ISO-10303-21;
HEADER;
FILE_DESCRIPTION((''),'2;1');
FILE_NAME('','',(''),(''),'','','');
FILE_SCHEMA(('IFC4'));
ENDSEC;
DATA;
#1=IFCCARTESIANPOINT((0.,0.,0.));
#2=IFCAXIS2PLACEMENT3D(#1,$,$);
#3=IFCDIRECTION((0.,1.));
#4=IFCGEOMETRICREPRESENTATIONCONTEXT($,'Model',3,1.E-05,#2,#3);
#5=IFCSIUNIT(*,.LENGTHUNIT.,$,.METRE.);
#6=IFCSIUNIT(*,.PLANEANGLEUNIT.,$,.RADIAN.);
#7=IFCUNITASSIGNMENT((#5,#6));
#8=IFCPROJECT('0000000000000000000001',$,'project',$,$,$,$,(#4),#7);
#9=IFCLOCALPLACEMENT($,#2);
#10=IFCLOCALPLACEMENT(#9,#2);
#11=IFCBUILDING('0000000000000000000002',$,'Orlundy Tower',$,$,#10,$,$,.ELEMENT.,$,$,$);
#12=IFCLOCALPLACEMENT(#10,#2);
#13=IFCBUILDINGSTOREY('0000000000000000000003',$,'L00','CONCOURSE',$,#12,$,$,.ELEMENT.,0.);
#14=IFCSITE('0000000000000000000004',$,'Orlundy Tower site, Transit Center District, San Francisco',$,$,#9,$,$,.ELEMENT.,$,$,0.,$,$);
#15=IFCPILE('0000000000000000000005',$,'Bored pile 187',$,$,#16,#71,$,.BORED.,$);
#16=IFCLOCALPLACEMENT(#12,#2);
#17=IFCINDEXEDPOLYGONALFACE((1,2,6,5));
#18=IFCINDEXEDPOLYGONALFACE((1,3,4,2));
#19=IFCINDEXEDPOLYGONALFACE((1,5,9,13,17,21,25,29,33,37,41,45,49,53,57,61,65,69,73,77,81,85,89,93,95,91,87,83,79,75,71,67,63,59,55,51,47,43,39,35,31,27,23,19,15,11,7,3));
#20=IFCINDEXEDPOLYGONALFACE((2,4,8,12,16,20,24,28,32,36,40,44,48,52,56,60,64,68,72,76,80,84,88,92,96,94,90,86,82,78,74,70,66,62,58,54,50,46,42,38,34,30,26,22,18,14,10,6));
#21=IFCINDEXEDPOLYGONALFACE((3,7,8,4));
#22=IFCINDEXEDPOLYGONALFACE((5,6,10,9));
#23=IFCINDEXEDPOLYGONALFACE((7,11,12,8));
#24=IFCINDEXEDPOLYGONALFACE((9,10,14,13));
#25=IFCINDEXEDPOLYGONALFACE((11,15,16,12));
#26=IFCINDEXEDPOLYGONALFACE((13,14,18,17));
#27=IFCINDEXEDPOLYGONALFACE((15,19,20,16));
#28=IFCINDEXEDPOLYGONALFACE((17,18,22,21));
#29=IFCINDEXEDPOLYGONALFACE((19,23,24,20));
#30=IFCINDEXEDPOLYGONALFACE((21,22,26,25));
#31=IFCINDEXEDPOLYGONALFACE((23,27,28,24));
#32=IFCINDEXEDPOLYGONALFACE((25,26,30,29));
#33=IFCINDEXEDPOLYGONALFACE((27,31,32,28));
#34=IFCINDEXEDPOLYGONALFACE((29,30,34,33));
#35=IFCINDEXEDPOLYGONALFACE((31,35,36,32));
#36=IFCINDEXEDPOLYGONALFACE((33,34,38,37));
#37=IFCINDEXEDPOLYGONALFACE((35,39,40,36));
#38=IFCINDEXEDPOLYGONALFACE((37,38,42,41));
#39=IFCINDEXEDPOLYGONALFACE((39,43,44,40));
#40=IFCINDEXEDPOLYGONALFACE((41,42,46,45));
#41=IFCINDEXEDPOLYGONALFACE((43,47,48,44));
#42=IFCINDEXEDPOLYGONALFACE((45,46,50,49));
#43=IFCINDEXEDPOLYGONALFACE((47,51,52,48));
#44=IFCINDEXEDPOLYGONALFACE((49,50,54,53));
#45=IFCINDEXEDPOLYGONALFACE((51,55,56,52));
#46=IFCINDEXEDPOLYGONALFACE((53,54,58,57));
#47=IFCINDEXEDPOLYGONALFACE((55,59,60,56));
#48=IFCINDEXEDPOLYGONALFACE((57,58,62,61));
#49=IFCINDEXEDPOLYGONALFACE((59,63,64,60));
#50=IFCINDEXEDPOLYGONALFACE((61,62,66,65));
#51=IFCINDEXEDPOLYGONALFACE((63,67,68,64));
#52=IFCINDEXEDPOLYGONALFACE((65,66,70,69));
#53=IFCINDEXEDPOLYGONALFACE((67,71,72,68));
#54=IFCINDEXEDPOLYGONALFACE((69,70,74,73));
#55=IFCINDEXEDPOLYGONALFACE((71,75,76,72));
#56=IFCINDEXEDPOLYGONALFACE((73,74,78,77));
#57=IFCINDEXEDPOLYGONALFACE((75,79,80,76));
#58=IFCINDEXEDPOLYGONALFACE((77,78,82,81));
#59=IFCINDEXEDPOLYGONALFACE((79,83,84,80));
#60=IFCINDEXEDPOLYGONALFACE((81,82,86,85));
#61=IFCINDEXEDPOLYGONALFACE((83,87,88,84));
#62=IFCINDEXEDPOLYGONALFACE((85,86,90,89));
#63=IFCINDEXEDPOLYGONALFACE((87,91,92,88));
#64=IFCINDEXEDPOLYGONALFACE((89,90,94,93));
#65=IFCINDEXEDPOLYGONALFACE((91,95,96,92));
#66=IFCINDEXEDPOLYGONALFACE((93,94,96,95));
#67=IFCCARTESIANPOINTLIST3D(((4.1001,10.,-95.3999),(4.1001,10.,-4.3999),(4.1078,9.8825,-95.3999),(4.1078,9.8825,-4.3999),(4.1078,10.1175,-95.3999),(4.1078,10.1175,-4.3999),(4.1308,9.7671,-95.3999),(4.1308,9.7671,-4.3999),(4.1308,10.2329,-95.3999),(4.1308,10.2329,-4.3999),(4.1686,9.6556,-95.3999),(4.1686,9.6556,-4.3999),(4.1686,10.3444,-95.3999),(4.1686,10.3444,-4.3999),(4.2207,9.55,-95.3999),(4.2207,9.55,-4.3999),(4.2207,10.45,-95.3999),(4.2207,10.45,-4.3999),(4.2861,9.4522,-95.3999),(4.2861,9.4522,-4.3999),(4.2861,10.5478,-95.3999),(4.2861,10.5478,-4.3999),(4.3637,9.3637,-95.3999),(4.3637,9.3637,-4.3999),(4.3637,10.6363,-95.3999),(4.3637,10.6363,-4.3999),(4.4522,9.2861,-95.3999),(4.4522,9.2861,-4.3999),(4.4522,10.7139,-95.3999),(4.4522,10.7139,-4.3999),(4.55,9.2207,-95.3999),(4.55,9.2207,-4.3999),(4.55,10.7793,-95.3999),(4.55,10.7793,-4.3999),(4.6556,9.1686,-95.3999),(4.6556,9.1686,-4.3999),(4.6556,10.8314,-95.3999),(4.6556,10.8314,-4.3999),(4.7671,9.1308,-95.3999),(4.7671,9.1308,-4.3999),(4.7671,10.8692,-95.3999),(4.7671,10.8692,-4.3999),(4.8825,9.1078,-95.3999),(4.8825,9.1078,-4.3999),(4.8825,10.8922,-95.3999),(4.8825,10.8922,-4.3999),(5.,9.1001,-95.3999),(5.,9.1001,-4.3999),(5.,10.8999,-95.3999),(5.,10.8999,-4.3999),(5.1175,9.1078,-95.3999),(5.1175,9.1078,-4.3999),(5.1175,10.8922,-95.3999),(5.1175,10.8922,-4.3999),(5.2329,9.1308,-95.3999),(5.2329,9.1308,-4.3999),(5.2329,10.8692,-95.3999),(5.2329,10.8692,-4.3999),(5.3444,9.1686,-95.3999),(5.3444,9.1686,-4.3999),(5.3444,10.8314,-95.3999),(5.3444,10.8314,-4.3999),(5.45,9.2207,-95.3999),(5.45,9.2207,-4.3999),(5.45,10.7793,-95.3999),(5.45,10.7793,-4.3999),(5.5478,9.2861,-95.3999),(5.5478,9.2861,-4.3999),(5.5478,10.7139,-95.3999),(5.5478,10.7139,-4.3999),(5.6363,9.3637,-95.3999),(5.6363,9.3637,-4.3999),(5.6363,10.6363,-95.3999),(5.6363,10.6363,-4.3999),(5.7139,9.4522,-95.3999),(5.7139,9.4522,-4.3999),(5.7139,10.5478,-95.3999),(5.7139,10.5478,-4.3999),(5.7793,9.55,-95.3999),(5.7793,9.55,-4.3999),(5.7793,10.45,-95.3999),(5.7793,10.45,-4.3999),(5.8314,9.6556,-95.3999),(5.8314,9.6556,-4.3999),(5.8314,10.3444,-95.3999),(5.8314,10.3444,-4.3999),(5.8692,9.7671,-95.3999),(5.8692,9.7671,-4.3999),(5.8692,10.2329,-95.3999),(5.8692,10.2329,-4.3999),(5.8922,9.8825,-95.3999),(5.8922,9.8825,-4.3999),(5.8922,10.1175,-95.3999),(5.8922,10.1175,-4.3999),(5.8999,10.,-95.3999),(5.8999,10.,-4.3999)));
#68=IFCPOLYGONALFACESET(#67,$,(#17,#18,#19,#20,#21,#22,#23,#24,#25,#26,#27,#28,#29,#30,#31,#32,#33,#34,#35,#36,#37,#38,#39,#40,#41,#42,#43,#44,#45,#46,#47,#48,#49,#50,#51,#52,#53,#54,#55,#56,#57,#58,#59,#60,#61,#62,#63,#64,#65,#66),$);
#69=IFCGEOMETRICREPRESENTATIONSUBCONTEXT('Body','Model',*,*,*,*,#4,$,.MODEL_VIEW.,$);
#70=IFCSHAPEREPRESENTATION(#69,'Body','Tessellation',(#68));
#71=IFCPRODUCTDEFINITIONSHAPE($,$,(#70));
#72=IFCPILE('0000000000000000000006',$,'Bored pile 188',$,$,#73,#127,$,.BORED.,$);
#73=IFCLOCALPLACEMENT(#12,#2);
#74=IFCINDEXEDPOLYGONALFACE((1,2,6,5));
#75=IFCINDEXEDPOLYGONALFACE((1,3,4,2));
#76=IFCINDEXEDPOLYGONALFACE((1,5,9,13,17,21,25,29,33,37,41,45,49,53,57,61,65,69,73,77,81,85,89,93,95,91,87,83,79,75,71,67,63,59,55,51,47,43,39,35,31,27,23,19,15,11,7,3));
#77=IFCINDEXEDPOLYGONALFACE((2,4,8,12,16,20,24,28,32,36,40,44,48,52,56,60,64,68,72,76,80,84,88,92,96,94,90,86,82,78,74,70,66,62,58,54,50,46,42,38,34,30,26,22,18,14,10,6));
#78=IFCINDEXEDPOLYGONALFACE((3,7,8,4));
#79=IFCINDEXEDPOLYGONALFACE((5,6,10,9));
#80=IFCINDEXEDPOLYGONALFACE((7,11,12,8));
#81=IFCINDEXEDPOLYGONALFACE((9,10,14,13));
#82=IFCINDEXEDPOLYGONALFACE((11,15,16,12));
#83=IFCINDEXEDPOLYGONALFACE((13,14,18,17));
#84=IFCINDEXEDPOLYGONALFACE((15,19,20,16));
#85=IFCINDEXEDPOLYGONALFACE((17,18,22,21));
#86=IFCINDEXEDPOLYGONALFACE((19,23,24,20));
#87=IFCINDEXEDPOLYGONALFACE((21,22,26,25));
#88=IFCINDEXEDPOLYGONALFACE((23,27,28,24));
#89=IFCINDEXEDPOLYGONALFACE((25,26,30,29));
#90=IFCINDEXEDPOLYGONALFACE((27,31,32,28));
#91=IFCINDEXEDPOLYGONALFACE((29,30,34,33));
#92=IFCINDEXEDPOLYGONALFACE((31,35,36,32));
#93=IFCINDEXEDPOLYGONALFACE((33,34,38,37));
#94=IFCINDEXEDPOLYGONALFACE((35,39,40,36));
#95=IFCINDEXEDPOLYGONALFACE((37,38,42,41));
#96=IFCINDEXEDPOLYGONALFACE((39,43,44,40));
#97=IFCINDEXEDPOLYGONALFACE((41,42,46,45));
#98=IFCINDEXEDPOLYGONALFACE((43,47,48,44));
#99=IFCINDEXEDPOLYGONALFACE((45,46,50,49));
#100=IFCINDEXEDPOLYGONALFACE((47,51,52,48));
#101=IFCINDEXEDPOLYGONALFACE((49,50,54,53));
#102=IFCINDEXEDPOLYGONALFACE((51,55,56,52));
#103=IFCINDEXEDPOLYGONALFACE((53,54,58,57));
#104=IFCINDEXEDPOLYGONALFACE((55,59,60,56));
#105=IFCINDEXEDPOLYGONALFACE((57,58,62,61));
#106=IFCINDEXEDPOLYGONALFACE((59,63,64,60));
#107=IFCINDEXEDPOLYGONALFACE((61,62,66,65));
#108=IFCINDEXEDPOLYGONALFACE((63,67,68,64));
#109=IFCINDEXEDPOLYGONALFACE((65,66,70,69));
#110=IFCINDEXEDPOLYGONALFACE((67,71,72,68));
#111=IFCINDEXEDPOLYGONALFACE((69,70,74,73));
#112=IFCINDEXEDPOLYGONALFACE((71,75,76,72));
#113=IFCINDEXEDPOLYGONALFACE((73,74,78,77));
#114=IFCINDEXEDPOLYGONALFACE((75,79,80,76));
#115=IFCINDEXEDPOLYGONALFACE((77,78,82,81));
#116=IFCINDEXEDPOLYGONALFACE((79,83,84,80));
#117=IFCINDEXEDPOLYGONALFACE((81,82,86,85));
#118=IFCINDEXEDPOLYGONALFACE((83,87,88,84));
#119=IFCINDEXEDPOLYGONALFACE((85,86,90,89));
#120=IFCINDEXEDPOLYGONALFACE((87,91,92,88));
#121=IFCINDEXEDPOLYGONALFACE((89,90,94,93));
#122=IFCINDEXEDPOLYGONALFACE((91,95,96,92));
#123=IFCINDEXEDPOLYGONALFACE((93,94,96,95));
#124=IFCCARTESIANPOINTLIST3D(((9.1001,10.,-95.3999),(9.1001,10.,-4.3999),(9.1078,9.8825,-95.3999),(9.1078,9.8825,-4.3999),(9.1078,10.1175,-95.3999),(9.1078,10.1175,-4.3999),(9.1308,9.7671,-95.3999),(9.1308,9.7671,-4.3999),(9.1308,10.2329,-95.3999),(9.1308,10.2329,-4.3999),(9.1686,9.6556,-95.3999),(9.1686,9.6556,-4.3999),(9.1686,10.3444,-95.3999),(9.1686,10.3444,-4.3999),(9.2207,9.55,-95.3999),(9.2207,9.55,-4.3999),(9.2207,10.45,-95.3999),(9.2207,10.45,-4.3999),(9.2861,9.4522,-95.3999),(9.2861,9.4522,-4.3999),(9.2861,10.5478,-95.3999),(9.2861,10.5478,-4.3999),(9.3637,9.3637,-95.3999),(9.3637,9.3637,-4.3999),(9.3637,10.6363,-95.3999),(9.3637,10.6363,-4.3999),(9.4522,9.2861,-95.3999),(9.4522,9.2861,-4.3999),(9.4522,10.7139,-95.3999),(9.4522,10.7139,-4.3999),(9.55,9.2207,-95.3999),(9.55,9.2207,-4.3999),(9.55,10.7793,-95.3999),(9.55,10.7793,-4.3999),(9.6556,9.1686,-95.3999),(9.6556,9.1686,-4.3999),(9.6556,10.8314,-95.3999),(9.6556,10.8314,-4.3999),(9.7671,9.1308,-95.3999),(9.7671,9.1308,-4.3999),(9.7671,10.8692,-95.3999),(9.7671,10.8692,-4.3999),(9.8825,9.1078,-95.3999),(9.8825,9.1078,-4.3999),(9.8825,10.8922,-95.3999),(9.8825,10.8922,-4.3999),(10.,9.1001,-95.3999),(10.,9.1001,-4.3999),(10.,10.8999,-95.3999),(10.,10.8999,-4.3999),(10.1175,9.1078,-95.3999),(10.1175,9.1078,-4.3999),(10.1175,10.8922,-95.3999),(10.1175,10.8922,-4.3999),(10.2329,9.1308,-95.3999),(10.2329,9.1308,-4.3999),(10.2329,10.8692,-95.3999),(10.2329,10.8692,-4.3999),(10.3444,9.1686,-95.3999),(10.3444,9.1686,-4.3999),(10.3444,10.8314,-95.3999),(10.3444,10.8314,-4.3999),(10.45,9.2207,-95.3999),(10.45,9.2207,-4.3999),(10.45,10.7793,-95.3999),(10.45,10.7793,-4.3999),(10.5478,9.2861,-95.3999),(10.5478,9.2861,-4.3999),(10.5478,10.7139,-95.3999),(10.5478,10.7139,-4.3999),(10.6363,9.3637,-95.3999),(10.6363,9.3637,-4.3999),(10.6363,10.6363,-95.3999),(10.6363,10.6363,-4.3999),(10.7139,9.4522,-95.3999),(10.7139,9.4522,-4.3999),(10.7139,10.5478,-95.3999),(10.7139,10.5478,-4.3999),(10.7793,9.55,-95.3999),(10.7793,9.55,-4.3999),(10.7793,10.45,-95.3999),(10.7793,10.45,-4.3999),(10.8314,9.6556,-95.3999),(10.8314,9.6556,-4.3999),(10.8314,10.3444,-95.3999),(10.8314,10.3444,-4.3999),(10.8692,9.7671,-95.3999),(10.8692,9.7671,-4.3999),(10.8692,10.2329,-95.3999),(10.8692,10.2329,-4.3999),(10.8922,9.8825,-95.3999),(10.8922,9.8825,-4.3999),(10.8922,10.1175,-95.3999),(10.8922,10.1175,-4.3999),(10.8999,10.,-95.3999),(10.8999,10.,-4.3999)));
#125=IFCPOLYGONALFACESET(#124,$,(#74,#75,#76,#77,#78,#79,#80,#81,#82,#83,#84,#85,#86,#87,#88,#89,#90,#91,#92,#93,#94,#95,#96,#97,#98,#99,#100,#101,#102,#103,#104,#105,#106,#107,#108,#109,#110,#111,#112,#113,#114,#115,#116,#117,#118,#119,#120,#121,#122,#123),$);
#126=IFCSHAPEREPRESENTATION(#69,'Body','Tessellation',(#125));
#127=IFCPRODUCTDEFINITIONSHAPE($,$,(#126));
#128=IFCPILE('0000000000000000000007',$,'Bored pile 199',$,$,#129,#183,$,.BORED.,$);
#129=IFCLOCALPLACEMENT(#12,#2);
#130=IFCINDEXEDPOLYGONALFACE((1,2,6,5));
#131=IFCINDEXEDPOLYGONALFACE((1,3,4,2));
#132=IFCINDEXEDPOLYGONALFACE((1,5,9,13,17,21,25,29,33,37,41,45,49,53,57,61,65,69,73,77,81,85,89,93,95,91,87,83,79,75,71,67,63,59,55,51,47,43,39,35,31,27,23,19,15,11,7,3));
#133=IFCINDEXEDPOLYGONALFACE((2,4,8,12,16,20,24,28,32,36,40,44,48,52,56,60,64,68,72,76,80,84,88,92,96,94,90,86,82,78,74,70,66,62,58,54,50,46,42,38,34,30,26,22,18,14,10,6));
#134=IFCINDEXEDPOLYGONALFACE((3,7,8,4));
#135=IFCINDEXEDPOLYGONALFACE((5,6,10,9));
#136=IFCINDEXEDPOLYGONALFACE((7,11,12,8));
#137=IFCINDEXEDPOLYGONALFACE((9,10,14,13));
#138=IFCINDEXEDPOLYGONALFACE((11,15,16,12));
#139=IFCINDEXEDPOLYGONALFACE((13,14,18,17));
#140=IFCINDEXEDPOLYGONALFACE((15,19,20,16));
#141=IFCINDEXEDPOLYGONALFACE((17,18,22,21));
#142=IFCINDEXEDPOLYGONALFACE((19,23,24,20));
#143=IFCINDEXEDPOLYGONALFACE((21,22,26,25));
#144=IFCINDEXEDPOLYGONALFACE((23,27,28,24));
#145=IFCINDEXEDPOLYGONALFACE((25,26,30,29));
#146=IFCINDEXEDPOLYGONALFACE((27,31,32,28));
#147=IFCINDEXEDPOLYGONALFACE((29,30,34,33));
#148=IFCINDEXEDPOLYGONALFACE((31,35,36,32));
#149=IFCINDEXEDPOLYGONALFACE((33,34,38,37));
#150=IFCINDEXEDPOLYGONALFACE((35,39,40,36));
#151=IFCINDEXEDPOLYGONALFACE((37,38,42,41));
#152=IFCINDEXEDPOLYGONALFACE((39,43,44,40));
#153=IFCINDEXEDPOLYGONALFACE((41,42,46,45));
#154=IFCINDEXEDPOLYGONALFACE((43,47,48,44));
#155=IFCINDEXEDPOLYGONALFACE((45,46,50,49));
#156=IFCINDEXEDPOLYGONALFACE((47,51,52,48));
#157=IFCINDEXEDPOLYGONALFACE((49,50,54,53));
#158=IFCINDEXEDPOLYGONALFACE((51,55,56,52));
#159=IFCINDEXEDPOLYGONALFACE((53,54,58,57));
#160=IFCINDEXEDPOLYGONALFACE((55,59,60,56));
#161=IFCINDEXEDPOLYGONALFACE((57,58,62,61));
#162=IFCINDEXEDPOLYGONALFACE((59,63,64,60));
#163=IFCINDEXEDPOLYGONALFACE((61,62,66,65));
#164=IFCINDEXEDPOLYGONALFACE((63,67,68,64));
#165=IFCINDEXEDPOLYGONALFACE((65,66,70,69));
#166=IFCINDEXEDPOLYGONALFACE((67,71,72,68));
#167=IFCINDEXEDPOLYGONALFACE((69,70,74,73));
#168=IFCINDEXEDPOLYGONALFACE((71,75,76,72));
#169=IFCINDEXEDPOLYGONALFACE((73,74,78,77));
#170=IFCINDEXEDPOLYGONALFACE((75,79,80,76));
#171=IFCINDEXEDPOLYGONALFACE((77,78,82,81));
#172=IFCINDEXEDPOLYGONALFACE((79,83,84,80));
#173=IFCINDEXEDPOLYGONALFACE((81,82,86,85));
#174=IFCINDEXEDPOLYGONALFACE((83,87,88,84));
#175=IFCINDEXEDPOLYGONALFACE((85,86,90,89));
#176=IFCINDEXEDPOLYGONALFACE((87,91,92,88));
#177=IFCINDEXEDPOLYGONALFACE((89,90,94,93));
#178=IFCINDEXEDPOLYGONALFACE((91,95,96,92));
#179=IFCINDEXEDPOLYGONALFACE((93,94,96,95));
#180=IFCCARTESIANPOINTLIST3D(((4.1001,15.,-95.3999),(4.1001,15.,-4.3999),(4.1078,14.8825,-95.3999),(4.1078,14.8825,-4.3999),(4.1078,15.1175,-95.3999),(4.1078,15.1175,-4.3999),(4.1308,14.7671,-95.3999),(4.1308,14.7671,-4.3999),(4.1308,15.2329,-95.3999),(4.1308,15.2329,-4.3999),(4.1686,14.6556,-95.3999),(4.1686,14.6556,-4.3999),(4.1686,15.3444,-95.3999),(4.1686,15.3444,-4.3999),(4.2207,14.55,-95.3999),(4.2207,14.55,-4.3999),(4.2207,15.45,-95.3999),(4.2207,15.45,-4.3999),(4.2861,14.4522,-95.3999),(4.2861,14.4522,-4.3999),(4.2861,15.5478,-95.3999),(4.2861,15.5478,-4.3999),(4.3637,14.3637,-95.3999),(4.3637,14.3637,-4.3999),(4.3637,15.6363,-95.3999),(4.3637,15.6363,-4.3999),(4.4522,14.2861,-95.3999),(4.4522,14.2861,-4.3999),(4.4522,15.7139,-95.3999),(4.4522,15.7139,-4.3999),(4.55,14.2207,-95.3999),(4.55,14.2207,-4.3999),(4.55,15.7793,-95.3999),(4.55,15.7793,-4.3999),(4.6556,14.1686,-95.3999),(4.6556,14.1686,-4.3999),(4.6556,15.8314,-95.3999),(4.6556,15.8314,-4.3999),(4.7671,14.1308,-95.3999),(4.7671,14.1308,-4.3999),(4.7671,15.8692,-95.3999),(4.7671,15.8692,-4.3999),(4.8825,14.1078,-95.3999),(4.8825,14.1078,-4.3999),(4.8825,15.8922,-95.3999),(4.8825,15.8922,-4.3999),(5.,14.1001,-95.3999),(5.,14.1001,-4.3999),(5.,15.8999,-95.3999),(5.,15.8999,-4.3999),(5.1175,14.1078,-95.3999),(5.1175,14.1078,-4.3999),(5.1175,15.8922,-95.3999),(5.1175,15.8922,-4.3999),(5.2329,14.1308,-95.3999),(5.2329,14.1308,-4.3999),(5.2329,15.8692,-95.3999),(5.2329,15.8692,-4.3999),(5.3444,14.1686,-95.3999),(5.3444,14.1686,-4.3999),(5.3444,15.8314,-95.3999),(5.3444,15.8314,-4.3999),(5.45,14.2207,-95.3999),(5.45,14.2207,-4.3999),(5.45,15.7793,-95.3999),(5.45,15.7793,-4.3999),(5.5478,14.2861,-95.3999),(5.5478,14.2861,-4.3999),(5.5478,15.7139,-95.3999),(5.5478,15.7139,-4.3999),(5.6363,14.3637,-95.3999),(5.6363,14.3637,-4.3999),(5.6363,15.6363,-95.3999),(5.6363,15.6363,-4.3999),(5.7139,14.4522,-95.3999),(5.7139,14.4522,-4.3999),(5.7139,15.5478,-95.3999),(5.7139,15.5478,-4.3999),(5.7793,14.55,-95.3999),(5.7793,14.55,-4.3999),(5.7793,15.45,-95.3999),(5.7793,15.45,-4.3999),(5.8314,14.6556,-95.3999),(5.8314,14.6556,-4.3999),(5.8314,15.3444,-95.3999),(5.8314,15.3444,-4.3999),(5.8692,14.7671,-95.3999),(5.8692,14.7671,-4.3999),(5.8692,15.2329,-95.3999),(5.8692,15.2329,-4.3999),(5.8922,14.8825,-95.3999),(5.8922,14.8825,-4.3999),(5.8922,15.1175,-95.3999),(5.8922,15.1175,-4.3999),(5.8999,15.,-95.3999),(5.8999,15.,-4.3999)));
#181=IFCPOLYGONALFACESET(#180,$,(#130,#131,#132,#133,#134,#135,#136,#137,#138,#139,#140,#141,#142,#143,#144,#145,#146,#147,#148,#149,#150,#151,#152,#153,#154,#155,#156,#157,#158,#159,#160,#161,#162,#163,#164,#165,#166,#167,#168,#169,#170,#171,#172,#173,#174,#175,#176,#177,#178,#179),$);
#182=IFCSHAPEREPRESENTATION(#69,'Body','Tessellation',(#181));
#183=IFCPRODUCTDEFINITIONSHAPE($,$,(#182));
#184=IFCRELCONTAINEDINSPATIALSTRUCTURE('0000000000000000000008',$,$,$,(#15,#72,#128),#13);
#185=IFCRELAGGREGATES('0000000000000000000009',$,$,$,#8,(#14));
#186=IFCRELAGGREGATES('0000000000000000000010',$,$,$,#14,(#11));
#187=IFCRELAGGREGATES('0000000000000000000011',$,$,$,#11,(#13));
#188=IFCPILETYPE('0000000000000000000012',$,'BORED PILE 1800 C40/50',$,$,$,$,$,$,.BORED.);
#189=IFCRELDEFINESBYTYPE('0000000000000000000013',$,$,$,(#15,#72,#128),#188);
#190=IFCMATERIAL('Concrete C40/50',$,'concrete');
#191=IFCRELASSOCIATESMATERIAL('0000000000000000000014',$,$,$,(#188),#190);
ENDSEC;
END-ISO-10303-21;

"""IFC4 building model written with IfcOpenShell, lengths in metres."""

from ifc_helpers import new_model, si_unit, direction, frame, origin, origin_2d, place, context, subcontext, project, spatial, circle, extrude, material, material_profile, profile_set, type_object, element, save


model = new_model("IFC4")

# Units and contexts
model_context = context("Model", 3, precision=1e-05, world=origin(), true_north=direction((0.0, 1.0)))
body_context = subcontext(model_context, "Body", "Model", "MODEL_VIEW")
ifc_project = project(units=[si_unit("LENGTHUNIT", "METRE"), si_unit("PLANEANGLEUNIT", "RADIAN")], contexts=[model_context])

# Site, building, storey
site_placement = place(None, origin())
site = spatial("IfcSite", under=ifc_project, at=site_placement, Name="Orlundy Tower site, Transit Center District, San Francisco", CompositionType="ELEMENT", RefElevation=0.0)
building_placement = place(site_placement, origin())
building = spatial("IfcBuilding", under=site, at=building_placement, Name="Orlundy Tower", CompositionType="ELEMENT")
storey_placement = place(building_placement, origin())
storey = spatial("IfcBuildingStorey", under=building, at=storey_placement, Name="L00", Description="CONCOURSE", CompositionType="ELEMENT", Elevation=0.0)

# Piles
ifc_material_1 = material(Name="Concrete C40/50", Category="concrete")
ifc_material_profile_1 = material_profile(ifc_material_1, circle(Radius=0.8999, at=origin_2d()), Name="BP1800")
ifc_profile_set_1 = profile_set([ifc_material_profile_1], Name="Concrete C40/50")
pile_type = type_object("IfcPileType", Name="BORED PILE 1800 C40/50", PredefinedType="BORED", material=ifc_profile_set_1)
for number, where, z_axis, x_axis, name in (
    (1, (5.0, 10.0, -4.3999), (0.0, 0.0, -1.0), (1.0, 0.0, 0.0), "Bored pile 187"),
    (2, (10.0, 10.0, -4.3999), (0.0, 0.0, -1.0), (1.0, 0.0, 0.0), "Bored pile 188"),
    (3, (5.0, 15.0, -4.3999), (0.0, 0.0, -1.0), (1.0, 0.0, 0.0), "Bored pile 199"),
):
    element("IfcPile", number, at=place(storey_placement, frame(where, z_axis=z_axis, x_axis=x_axis)), inside=storey, type_object=pile_type, Name=name, PredefinedType="BORED", context=body_context, shape_type="SweptSolid", body=[
        extrude(circle(Radius=0.8999, at=origin_2d()), origin(), (0.0, 0.0, 1.0), 91.0),
    ])

save(model, "model.ifc")
